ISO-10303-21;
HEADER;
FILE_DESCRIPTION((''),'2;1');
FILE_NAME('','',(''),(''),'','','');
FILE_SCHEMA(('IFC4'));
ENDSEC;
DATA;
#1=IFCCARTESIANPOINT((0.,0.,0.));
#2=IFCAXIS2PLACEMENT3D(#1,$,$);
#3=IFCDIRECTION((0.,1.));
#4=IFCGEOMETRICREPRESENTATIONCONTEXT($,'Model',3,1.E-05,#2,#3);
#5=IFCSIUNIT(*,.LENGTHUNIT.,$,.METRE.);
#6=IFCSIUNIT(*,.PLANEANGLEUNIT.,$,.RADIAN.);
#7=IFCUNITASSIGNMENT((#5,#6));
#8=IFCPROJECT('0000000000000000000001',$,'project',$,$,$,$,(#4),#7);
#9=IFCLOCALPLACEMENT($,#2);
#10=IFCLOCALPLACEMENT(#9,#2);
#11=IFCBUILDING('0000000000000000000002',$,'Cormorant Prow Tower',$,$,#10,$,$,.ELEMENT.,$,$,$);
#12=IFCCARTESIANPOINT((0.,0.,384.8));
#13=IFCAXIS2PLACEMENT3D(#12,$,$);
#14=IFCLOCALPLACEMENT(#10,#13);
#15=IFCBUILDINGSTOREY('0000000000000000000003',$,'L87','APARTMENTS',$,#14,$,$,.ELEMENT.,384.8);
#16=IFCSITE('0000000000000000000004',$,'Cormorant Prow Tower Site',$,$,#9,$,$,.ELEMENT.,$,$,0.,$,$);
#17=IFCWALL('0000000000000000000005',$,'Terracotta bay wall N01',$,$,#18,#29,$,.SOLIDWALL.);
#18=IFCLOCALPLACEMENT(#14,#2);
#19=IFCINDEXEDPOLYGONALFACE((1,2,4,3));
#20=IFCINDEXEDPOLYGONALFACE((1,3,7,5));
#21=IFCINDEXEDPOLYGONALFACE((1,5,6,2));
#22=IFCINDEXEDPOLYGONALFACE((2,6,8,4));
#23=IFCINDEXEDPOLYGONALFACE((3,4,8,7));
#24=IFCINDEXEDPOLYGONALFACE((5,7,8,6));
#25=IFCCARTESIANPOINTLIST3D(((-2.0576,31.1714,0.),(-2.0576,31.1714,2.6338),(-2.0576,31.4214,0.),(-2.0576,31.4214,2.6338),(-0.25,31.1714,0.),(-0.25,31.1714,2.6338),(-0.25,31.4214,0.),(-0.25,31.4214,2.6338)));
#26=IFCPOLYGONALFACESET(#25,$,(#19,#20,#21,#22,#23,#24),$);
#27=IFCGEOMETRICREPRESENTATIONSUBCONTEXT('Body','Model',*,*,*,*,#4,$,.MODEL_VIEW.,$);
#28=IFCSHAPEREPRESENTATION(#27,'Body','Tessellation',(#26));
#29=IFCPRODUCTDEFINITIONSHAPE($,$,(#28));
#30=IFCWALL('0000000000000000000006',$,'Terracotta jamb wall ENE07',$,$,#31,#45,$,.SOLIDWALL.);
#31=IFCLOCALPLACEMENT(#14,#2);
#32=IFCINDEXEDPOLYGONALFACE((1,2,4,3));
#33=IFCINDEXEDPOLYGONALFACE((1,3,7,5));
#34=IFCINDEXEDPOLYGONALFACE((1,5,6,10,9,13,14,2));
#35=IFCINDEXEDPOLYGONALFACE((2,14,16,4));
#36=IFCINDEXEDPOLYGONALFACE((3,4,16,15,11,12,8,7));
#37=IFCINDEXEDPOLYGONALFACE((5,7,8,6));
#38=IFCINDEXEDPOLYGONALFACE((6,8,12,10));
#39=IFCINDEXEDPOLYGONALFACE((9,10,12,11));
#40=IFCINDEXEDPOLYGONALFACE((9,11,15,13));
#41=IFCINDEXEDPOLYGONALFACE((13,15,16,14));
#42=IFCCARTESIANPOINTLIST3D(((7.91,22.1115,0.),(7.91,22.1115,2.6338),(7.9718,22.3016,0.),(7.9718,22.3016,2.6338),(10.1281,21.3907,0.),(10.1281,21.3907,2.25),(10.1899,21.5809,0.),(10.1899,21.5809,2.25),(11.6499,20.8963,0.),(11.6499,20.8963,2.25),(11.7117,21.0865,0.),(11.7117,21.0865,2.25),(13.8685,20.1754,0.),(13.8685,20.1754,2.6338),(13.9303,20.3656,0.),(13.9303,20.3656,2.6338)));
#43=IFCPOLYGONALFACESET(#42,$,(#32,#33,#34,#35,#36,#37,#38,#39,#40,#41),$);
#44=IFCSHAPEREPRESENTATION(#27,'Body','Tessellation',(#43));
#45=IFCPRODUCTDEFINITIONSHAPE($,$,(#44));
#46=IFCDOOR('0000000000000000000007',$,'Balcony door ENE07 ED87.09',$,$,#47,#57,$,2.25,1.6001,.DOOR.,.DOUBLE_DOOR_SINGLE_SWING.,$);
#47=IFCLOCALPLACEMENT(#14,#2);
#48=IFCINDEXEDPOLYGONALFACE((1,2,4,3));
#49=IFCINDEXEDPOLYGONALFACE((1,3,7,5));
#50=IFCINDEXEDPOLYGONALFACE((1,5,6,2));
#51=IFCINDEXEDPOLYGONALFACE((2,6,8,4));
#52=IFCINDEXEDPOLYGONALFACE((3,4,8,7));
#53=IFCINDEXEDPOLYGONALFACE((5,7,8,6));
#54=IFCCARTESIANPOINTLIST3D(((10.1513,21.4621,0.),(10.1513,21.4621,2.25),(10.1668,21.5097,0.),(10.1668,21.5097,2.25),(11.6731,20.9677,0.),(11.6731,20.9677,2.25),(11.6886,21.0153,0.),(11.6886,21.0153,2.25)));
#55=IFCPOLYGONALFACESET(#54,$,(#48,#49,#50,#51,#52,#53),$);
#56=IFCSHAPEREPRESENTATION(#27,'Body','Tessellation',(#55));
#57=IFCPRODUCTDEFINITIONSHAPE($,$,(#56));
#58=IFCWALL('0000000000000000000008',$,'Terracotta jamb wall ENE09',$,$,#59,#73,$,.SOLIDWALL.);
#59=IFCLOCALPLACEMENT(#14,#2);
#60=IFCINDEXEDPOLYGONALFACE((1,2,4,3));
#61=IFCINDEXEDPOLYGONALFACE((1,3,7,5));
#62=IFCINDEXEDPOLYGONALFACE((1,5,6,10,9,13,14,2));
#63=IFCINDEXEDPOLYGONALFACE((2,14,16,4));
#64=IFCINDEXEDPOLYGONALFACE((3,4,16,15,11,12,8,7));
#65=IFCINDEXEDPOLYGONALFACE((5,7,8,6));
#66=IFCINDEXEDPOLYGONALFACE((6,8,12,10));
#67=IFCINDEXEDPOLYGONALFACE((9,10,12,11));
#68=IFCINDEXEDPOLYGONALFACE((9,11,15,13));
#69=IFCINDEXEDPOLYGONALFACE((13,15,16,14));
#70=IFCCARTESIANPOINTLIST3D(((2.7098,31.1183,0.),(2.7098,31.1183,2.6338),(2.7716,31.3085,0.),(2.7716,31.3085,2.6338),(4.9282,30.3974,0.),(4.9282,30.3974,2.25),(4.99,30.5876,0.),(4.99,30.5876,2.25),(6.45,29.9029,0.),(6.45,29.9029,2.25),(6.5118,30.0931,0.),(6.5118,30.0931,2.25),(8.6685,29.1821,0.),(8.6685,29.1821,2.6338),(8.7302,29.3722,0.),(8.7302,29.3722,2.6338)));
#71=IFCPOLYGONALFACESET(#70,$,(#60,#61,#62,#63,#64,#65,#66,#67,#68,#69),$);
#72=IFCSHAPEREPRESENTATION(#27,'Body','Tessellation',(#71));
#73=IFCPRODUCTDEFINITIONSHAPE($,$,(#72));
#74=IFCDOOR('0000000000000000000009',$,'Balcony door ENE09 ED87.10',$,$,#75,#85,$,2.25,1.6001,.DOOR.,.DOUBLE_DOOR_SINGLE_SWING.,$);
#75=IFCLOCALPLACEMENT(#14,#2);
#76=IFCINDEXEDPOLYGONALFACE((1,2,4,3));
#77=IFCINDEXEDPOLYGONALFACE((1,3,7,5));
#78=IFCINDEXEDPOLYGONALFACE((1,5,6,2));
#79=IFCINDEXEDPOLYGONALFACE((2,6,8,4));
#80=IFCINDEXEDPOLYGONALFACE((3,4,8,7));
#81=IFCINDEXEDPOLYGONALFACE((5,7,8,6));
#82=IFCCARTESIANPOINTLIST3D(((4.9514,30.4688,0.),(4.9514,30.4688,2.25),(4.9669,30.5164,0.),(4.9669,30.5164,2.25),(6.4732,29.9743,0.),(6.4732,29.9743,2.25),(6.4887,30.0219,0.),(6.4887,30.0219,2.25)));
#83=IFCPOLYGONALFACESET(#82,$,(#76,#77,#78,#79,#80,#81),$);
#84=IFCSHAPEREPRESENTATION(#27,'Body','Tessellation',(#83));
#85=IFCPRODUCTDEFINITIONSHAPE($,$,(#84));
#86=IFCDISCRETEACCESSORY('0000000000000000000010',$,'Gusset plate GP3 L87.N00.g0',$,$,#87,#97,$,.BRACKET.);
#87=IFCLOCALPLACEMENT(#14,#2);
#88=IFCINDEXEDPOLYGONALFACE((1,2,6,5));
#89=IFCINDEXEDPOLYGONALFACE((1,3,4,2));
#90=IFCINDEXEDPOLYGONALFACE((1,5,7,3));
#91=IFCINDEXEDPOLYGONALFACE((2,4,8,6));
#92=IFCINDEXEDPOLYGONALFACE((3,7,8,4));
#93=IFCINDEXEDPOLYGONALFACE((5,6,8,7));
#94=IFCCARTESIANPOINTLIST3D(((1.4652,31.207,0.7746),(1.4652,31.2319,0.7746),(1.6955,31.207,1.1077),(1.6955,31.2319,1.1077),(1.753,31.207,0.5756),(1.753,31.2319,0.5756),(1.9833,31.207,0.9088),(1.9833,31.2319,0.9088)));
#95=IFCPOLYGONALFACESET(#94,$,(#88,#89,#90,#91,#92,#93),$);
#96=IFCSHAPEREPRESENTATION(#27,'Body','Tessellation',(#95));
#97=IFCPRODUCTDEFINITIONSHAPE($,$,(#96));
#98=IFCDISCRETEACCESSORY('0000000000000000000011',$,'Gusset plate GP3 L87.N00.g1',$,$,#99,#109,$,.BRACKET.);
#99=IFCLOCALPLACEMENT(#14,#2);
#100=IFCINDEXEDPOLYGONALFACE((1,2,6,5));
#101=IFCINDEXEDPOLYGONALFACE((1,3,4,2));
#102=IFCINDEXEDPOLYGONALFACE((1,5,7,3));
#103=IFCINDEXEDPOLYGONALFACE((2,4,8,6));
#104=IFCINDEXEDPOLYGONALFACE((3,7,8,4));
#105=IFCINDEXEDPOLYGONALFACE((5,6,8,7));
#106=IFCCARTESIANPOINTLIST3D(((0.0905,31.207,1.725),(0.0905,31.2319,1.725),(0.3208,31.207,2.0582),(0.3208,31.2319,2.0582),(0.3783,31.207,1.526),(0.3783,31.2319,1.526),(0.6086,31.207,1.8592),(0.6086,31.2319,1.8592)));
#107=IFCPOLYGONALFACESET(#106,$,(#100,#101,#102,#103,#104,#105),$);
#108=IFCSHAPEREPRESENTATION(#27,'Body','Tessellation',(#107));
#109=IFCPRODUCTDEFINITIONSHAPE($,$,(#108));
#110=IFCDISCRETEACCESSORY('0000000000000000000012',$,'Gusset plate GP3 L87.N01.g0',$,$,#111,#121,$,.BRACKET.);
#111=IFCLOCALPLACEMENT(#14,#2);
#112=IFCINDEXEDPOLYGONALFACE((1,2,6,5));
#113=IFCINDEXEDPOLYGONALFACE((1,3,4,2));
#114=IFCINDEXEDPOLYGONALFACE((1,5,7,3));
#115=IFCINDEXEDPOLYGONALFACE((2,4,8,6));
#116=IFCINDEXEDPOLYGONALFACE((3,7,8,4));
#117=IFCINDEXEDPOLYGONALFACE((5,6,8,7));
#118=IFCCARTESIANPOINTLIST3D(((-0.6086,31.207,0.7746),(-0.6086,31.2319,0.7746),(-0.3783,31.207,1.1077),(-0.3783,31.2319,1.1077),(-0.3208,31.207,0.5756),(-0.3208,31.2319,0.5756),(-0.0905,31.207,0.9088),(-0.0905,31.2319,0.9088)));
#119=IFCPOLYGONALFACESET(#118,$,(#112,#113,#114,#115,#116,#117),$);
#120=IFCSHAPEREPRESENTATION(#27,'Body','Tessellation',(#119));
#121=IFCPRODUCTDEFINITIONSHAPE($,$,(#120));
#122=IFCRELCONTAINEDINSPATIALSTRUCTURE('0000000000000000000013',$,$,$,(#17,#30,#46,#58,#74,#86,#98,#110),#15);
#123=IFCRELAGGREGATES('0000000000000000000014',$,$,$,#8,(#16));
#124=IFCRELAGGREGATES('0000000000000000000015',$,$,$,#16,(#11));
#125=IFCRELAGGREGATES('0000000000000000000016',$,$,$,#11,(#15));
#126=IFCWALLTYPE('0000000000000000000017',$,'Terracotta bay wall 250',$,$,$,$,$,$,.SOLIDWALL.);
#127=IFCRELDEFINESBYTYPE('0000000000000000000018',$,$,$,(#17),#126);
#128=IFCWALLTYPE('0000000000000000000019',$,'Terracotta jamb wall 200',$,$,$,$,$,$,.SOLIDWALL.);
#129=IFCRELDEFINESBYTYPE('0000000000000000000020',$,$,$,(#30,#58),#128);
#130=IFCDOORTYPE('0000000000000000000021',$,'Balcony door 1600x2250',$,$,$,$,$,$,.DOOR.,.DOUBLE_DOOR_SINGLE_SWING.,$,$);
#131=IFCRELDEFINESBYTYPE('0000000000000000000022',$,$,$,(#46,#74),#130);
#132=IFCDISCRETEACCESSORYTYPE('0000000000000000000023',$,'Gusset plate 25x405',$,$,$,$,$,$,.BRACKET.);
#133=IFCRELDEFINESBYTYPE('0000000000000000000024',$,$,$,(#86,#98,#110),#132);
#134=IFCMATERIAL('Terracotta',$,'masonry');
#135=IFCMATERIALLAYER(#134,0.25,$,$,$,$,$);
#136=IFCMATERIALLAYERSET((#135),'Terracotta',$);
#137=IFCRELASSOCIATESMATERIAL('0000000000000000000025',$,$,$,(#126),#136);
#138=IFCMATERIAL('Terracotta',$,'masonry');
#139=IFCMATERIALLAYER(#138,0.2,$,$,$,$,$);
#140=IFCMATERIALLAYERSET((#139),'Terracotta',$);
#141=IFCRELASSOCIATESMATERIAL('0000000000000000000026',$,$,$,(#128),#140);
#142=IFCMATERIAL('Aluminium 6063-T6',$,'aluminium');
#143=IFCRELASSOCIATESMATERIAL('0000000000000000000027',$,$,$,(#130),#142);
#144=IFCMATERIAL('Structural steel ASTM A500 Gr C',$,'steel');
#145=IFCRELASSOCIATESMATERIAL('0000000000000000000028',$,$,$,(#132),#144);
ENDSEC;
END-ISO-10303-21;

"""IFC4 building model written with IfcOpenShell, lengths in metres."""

from ifc_helpers import new_model, si_unit, direction, frame, frame_2d, origin, origin_2d, place, context, subcontext, project, spatial, rectangle, extrude, material, layer, layer_set, material_profile, profile_set, type_object, element, fill, save


model = new_model("IFC4")

# Units and contexts
model_context = context("Model", 3, precision=1e-05, world=origin(), true_north=direction((0.0, 1.0)))
body_context = subcontext(model_context, "Body", "Model", "MODEL_VIEW")
ifc_project = project(units=[si_unit("LENGTHUNIT", "METRE"), si_unit("PLANEANGLEUNIT", "RADIAN")], contexts=[model_context])

# Site, building, storey
site_placement = place(None, origin())
site = spatial("IfcSite", under=ifc_project, at=site_placement, Name="Cormorant Prow Tower Site", CompositionType="ELEMENT", RefElevation=0.0)
building_placement = place(site_placement, origin())
building = spatial("IfcBuilding", under=site, at=building_placement, Name="Cormorant Prow Tower", CompositionType="ELEMENT")
storey_placement = place(building_placement, frame((0.0, 0.0, 384.8)))
storey = spatial("IfcBuildingStorey", under=building, at=storey_placement, Name="L87", Description="APARTMENTS", CompositionType="ELEMENT", Elevation=384.8)

# Shared definitions
ifc_material_1 = material(Name="Terracotta", Category="masonry")
ifc_layer_1 = layer(ifc_material_1, 0.25)
ifc_layer_set_1 = layer_set([ifc_layer_1], Name="Terracotta")
wall_type_1 = type_object("IfcWallType", Name="Terracotta bay wall 250", PredefinedType="SOLIDWALL", material=ifc_layer_set_1)

# Wall
wall_1_placement = place(storey_placement, frame((-0.25, 31.2964, 0.0), z_axis=(0.0, 0.0, 1.0), x_axis=(-1.0, 0.0, 0.0)))
element("IfcWall", 1, at=wall_1_placement, inside=storey, type_object=wall_type_1, Name="Terracotta bay wall N01", PredefinedType="SOLIDWALL", context=body_context, shape_type="SweptSolid", body=[
    extrude(rectangle(XDim=1.8076, YDim=0.25, at=frame_2d((0.9038, 0.0))), origin(), (0.0, 0.0, 1.0), 2.6338),
])

# Walls, openings, doors
ifc_material_2 = material(Name="Terracotta", Category="masonry")
ifc_layer_2 = layer(ifc_material_2, 0.2)
ifc_layer_set_2 = layer_set([ifc_layer_2], Name="Terracotta")
wall_type_2 = type_object("IfcWallType", Name="Terracotta jamb wall 200", PredefinedType="SOLIDWALL", material=ifc_layer_set_2)
wall_2_placement = place(storey_placement, frame((13.8994, 20.2705, 0.0), z_axis=(0.0, 0.0, 1.0), x_axis=(-0.951056, 0.309017, 0.0)))
wall_2 = element("IfcWall", 2, at=wall_2_placement, inside=storey, type_object=wall_type_2, Name="Terracotta jamb wall ENE07", PredefinedType="SOLIDWALL", context=body_context, shape_type="SweptSolid", body=[
    extrude(rectangle(XDim=6.2651, YDim=0.2, at=frame_2d((3.1326, 0.0))), origin(), (0.0, 0.0, 1.0), 2.6338),
])
opening_1_placement = place(wall_2_placement, frame((2.3328, 0.0, 0.0)))
opening_1 = element("IfcOpeningElement", 3, at=opening_1_placement, cuts=wall_2, PredefinedType="OPENING", context=body_context, shape_type="SweptSolid", body=[
    extrude(rectangle(XDim=1.6001, YDim=2.25, at=frame_2d((0.8, 1.125))), frame((0.0, 0.1099, 0.0), z_axis=(0.0, -1.0, 0.0), x_axis=(1.0, 0.0, 0.0)), (0.0, 0.0, 1.0), 0.22),
])
ifc_material_3 = material(Name="Aluminium 6063-T6", Category="aluminium")
door_type_1 = type_object("IfcDoorType", Name="Balcony door 1600x2250", OperationType="DOUBLE_DOOR_SINGLE_SWING", PredefinedType="DOOR", material=ifc_material_3)
door_1_placement = place(opening_1_placement, origin())
door_1 = element("IfcDoor", 4, at=door_1_placement, inside=storey, type_object=door_type_1, Name="Balcony door ENE07 ED87.09", OperationType="DOUBLE_DOOR_SINGLE_SWING", OverallHeight=2.25, OverallWidth=1.6001, PredefinedType="DOOR", context=body_context, shape_type="SweptSolid", body=[
    extrude(rectangle(XDim=1.6001, YDim=2.25, at=frame_2d((0.8, 1.125))), frame((0.0, 0.0249, 0.0), z_axis=(0.0, -1.0, 0.0), x_axis=(1.0, 0.0, 0.0)), (0.0, 0.0, 1.0), 0.05),
])
fill(opening_1, door_1)
wall_3_placement = place(storey_placement, frame((8.6995, 29.2771, 0.0), z_axis=(0.0, 0.0, 1.0), x_axis=(-0.951049, 0.309041, 0.0)))
wall_3 = element("IfcWall", 5, at=wall_3_placement, inside=storey, type_object=wall_type_2, Name="Terracotta jamb wall ENE09", PredefinedType="SOLIDWALL", context=body_context, shape_type="SweptSolid", body=[
    extrude(rectangle(XDim=6.2654, YDim=0.2, at=frame_2d((3.1328, 0.0))), origin(), (0.0, 0.0, 1.0), 2.6338),
])
opening_2_placement = place(wall_3_placement, frame((2.3328, 0.0, 0.0)))
opening_2 = element("IfcOpeningElement", 6, at=opening_2_placement, cuts=wall_3, PredefinedType="OPENING", context=body_context, shape_type="SweptSolid", body=[
    extrude(rectangle(XDim=1.6001, YDim=2.25, at=frame_2d((0.8, 1.125))), frame((0.0, 0.1099, 0.0), z_axis=(0.0, -1.0, 0.0), x_axis=(1.0, 0.0, 0.0)), (0.0, 0.0, 1.0), 0.22),
])
door_2_placement = place(opening_2_placement, origin())
door_2 = element("IfcDoor", 7, at=door_2_placement, inside=storey, type_object=door_type_1, Name="Balcony door ENE09 ED87.10", OperationType="DOUBLE_DOOR_SINGLE_SWING", OverallHeight=2.25, OverallWidth=1.6001, PredefinedType="DOOR", context=body_context, shape_type="SweptSolid", body=[
    extrude(rectangle(XDim=1.6001, YDim=2.25, at=frame_2d((0.8, 1.125))), frame((0.0, 0.0249, 0.0), z_axis=(0.0, -1.0, 0.0), x_axis=(1.0, 0.0, 0.0)), (0.0, 0.0, 1.0), 0.05),
])
fill(opening_2, door_2)

# Discrete accessories
ifc_material_4 = material(Name="Structural steel ASTM A500 Gr C", Category="steel")
ifc_material_profile_1 = material_profile(ifc_material_4, rectangle(XDim=0.0249, YDim=0.405, at=origin_2d()), Name="Gusset plate 25x405")
ifc_profile_set_1 = profile_set([ifc_material_profile_1], Name="Structural steel ASTM A500 Gr C")
discrete_accessory_type = type_object("IfcDiscreteAccessoryType", Name="Gusset plate 25x405", PredefinedType="BRACKET", material=ifc_profile_set_1)
for number, where, z_axis, x_axis, name in (
    (8, (1.5803, 31.2195, 0.9412), (0.822594, 0.0, -0.568629), (0.0, 1.0, 0.0), "Gusset plate GP3 L87.N00.g0"),
    (9, (0.4934, 31.2195, 1.6926), (-0.822594, 0.0, 0.568629), (0.0, -1.0, 0.0), "Gusset plate GP3 L87.N00.g1"),
    (10, (-0.4934, 31.2195, 0.9412), (0.822594, 0.0, -0.568629), (0.0, 1.0, 0.0), "Gusset plate GP3 L87.N01.g0"),
):
    element("IfcDiscreteAccessory", number, at=place(storey_placement, frame(where, z_axis=z_axis, x_axis=x_axis)), inside=storey, type_object=discrete_accessory_type, Name=name, PredefinedType="BRACKET", context=body_context, shape_type="SweptSolid", body=[
        extrude(rectangle(XDim=0.0249, YDim=0.405, at=origin_2d()), origin(), (0.0, 0.0, 1.0), 0.3499),
    ])

save(model, "model.ifc")
